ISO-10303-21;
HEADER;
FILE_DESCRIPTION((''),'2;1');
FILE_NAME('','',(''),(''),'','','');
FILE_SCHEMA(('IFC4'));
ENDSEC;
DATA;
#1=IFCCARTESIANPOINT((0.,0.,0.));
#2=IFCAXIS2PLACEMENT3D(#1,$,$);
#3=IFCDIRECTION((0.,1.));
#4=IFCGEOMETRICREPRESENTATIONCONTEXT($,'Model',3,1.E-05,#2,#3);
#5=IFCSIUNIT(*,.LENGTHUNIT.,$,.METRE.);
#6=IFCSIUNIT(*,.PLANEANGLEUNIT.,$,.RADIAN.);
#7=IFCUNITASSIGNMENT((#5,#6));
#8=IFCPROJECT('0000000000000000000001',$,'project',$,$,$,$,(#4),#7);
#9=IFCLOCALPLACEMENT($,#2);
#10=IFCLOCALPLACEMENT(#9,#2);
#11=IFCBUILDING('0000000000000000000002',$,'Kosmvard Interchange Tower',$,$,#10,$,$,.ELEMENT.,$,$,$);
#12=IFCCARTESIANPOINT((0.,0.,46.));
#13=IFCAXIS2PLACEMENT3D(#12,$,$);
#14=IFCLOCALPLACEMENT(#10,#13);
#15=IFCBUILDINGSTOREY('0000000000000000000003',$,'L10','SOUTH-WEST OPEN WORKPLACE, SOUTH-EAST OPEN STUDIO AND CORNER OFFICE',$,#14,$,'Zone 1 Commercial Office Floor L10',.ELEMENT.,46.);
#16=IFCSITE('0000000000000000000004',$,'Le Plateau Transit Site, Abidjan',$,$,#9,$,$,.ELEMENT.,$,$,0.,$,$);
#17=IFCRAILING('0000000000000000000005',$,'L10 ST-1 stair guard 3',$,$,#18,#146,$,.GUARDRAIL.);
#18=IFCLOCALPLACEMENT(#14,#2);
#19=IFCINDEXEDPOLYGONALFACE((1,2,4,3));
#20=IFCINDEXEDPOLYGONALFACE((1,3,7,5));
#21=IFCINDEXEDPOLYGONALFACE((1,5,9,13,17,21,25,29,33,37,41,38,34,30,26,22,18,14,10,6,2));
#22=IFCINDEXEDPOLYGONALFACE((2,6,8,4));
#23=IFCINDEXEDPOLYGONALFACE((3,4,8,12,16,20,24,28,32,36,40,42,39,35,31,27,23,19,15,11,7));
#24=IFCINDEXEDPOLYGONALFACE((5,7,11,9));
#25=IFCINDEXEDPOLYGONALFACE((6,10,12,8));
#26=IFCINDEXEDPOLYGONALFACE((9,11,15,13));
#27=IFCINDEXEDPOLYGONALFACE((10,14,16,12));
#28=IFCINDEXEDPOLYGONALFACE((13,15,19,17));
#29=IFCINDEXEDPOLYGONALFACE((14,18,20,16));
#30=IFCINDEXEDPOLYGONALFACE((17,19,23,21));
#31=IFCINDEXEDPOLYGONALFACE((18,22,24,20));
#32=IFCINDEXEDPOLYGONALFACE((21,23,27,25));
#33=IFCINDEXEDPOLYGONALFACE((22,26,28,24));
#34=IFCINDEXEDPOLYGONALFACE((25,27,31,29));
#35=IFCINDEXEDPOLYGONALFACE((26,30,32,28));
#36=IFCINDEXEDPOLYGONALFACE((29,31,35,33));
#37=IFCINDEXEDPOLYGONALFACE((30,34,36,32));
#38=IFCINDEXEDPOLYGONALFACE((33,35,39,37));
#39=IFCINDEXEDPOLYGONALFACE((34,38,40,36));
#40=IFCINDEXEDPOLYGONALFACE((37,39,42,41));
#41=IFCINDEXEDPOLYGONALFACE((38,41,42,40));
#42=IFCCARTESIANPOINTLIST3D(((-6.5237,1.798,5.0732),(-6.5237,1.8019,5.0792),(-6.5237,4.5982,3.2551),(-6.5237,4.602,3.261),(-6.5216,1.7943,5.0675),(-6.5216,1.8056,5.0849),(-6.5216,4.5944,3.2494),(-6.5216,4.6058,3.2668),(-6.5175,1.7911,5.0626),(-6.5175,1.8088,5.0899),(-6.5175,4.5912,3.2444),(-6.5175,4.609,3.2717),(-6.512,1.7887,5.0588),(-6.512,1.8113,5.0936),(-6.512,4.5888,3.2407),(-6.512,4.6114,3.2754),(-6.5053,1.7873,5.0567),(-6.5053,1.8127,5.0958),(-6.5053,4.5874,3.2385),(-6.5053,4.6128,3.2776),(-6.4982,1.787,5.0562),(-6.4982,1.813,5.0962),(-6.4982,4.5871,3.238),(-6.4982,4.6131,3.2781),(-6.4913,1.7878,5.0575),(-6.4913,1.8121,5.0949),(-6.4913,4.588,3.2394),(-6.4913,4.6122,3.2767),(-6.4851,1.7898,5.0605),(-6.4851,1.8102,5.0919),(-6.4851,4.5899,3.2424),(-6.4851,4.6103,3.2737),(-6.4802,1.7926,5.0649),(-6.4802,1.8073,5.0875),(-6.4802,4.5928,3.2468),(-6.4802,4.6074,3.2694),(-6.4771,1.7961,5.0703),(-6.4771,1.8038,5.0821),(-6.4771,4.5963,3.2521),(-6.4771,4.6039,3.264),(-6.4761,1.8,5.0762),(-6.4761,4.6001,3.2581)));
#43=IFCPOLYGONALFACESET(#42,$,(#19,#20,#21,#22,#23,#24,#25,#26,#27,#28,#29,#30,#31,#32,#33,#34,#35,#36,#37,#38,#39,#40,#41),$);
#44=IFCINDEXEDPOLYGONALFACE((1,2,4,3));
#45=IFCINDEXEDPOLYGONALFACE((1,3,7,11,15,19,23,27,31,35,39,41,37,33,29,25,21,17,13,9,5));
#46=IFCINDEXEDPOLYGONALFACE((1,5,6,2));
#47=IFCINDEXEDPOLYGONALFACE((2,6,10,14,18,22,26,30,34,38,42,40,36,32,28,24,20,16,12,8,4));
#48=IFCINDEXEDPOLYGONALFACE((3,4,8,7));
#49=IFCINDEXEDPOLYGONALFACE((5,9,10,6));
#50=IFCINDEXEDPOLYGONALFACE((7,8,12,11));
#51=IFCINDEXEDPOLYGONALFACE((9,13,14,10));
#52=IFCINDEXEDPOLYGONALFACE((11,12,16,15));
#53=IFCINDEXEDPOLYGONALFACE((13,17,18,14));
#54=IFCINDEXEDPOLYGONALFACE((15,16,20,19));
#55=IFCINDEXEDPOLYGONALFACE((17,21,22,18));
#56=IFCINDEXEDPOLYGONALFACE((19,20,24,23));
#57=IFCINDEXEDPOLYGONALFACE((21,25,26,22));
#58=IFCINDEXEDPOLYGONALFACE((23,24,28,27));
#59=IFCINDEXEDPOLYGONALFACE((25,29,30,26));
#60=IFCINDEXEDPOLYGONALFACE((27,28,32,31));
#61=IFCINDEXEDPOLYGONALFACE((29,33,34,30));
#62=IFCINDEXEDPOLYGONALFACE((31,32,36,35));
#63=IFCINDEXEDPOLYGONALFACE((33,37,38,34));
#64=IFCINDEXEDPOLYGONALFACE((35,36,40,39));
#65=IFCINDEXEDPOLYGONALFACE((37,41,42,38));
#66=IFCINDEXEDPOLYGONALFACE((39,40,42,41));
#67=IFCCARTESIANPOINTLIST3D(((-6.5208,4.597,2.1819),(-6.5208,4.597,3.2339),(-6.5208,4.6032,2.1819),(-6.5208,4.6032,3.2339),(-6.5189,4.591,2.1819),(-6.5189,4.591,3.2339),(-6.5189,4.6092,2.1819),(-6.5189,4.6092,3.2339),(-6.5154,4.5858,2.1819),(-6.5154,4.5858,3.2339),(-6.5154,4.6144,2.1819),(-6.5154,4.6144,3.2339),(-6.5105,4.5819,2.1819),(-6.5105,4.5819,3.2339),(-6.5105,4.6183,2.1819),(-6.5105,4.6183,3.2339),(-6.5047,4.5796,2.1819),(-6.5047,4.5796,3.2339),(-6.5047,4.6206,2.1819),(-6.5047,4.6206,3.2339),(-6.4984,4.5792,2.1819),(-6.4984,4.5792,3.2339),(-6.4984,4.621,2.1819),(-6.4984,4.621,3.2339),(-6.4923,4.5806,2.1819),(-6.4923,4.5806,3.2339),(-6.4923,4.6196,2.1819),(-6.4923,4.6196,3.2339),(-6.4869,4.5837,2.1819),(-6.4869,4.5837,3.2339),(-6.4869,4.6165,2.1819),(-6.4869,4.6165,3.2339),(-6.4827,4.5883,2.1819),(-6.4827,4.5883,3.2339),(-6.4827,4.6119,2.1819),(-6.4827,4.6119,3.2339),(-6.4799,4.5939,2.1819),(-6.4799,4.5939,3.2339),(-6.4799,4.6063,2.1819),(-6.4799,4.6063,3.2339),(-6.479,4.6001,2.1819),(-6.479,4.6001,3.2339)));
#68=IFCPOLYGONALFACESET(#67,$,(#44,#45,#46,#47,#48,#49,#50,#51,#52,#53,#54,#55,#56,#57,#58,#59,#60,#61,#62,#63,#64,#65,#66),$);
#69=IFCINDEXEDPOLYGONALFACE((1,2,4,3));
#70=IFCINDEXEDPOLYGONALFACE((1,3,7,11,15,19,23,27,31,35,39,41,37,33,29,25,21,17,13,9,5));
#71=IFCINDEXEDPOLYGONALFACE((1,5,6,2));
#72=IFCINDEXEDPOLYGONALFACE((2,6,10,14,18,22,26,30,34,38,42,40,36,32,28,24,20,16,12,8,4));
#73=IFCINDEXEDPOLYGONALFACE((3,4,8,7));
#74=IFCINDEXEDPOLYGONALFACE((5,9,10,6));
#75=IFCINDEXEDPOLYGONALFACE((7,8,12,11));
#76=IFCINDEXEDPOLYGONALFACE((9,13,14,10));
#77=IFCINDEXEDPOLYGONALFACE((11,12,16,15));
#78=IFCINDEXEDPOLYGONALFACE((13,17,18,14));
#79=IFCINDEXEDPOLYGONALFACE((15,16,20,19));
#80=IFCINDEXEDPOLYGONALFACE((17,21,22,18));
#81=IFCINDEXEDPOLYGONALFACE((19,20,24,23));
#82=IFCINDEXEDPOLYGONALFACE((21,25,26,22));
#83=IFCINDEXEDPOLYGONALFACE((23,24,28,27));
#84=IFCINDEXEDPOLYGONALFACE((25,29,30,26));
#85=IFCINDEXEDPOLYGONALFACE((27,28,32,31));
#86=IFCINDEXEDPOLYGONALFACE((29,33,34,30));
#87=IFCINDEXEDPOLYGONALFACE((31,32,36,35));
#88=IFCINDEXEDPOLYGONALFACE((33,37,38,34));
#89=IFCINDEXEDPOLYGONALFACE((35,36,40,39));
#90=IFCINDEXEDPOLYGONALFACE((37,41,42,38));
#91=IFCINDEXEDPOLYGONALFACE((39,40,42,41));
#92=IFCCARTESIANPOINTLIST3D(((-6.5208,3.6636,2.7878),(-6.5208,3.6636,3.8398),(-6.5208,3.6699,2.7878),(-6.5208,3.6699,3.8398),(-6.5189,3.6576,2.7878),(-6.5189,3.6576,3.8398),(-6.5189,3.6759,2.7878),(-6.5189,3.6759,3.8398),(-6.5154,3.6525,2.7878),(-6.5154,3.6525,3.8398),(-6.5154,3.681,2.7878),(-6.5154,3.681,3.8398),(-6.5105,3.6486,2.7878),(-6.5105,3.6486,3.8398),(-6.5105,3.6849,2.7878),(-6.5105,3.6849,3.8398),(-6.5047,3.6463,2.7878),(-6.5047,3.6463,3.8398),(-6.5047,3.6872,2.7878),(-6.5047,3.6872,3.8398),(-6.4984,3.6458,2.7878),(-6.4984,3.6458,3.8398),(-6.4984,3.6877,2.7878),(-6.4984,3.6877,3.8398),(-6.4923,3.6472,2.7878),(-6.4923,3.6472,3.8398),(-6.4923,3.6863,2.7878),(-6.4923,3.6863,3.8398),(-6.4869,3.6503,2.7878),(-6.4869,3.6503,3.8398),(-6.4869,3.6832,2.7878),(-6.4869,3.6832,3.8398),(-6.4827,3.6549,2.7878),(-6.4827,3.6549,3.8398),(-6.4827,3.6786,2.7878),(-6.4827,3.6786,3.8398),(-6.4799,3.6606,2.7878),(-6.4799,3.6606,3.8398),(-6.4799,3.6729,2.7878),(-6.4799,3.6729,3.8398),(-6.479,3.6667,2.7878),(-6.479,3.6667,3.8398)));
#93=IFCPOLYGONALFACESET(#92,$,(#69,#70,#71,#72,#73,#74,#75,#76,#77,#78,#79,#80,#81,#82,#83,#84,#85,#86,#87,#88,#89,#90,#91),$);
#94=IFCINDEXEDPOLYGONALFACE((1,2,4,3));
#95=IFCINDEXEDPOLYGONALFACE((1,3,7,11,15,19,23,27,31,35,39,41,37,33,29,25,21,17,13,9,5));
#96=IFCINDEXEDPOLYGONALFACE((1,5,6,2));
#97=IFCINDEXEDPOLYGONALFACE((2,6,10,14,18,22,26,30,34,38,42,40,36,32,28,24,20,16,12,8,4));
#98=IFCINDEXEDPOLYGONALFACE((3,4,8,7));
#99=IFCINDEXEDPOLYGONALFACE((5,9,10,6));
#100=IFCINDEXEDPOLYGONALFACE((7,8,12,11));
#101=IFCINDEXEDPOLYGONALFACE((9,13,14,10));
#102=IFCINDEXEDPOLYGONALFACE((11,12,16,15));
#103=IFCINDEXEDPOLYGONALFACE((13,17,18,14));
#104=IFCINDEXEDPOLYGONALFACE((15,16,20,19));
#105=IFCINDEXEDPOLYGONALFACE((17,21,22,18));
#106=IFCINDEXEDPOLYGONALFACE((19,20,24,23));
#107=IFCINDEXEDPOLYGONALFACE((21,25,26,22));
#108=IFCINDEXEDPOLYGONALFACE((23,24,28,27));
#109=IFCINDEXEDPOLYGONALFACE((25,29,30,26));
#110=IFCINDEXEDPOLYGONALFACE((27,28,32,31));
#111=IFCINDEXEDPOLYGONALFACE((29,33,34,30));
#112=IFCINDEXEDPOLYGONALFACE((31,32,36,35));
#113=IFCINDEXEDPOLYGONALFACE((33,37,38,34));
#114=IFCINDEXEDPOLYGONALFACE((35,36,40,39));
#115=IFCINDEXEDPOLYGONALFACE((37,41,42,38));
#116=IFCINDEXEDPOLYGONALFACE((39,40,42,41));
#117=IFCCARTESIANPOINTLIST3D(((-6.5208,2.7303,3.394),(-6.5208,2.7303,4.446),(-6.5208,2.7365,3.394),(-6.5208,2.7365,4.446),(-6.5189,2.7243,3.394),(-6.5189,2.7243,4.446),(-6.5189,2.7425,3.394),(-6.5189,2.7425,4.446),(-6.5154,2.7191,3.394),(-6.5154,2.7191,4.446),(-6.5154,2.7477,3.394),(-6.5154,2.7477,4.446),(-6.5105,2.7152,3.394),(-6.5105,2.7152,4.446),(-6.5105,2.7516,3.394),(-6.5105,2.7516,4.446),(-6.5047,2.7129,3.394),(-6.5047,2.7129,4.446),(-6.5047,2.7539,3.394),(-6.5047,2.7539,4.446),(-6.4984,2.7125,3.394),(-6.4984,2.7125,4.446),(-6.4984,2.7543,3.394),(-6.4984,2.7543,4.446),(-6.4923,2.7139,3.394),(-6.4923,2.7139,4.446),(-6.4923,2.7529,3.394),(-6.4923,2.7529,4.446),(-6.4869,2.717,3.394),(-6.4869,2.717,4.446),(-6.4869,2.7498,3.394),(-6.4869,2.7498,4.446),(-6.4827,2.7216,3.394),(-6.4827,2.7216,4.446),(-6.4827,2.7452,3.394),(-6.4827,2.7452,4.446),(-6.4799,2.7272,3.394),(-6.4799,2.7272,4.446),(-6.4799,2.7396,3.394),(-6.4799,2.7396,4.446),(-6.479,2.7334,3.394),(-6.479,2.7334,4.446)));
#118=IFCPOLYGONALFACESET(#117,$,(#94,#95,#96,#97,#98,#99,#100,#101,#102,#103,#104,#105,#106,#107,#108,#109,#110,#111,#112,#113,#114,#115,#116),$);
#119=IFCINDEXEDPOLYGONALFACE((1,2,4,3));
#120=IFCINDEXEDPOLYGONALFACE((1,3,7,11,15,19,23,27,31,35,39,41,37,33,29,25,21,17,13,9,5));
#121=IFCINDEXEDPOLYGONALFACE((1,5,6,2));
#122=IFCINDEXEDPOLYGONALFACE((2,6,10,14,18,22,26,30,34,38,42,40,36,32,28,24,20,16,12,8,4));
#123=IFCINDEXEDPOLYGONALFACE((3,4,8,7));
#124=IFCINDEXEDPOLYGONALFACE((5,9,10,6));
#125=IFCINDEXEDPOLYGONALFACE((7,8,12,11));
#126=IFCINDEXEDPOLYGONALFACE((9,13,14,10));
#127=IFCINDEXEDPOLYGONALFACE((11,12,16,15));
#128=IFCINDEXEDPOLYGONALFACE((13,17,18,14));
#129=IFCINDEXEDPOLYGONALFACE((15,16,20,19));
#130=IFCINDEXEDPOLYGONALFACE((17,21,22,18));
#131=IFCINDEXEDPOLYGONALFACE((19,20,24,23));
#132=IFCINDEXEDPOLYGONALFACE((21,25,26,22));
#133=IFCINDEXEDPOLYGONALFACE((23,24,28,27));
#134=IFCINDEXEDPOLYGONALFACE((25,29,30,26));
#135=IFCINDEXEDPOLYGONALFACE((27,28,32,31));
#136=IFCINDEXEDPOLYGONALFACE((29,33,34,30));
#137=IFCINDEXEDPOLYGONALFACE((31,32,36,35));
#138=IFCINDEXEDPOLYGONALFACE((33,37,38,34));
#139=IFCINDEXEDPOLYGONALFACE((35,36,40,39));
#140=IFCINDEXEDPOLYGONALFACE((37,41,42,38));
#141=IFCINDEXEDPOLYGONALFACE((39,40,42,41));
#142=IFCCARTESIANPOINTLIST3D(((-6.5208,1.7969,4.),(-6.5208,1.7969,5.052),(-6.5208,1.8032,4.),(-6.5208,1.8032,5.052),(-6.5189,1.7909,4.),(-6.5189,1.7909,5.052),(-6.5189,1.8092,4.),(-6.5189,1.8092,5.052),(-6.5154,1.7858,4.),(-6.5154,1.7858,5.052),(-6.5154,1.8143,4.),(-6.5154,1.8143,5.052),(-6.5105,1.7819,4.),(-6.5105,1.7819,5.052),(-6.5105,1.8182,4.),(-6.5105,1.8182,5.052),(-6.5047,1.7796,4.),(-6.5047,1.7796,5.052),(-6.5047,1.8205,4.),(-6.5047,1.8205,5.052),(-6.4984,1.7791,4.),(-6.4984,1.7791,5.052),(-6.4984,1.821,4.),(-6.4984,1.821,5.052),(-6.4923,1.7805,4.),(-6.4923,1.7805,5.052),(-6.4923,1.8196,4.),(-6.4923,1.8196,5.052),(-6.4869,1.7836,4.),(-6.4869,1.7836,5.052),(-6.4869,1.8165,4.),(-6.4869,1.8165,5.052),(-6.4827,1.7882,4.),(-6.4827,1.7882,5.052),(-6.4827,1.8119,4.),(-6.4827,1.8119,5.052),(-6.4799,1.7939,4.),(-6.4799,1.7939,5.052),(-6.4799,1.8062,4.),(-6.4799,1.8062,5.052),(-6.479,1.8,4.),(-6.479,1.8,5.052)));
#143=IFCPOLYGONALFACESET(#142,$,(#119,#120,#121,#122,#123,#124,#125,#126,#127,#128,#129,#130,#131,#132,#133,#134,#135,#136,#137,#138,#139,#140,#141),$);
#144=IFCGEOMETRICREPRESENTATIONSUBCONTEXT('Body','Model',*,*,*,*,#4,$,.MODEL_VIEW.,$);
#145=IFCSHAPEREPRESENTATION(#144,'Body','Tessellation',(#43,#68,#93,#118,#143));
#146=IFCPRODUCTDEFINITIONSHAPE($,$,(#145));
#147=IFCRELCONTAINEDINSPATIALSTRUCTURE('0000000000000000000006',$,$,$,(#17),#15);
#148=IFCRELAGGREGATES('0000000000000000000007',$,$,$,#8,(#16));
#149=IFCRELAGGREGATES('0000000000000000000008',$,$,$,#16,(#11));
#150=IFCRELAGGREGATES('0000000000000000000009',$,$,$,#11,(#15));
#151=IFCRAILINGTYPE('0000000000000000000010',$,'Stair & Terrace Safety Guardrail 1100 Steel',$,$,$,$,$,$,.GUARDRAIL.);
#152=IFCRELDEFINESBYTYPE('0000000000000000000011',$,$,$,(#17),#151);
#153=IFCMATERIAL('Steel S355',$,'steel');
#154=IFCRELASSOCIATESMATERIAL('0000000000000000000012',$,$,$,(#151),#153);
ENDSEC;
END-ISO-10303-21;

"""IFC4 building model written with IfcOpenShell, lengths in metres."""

from ifc_helpers import new_model, si_unit, direction, frame, origin, origin_2d, place, context, subcontext, project, spatial, circle, extrude, source, transform, mapped, material, type_object, element, save


model = new_model("IFC4")

# Units and contexts
model_context = context("Model", 3, precision=1e-05, world=origin(), true_north=direction((0.0, 1.0)))
body_context = subcontext(model_context, "Body", "Model", "MODEL_VIEW")
ifc_project = project(units=[si_unit("LENGTHUNIT", "METRE"), si_unit("PLANEANGLEUNIT", "RADIAN")], contexts=[model_context])

# Site, building, storey
site_placement = place(None, origin())
site = spatial("IfcSite", under=ifc_project, at=site_placement, Name="Le Plateau Transit Site, Abidjan", CompositionType="ELEMENT", RefElevation=0.0)
building_placement = place(site_placement, origin())
building = spatial("IfcBuilding", under=site, at=building_placement, Name="Kosmvard Interchange Tower", CompositionType="ELEMENT")
storey_placement = place(building_placement, frame((0.0, 0.0, 46.0)))
storey = spatial("IfcBuildingStorey", under=building, at=storey_placement, Name="L10", Description="SOUTH-WEST OPEN WORKPLACE, SOUTH-EAST OPEN STUDIO AND CORNER OFFICE", LongName="Zone 1 Commercial Office Floor L10", CompositionType="ELEMENT", Elevation=46.0)

# Shared definitions
ifc_material_1 = material(Name="Steel S355", Category="steel")

# Railing
railing_type_1 = type_object("IfcRailingType", Name="Stair & Terrace Safety Guardrail 1100 Steel", PredefinedType="GUARDRAIL", material=ifc_material_1)
shared_shape_1 = source(origin(), body_context, "Body", "SweptSolid", [
    extrude(circle(Radius=0.0239, at=origin_2d()), frame((0.0, 0.0, 1.0762), z_axis=(0.0, -0.838706, 0.544585), x_axis=(1.0, 0.0, 0.0)), (0.0, 0.0, 1.0), 3.3386),
    extrude(circle(Radius=0.021, at=origin_2d()), origin(), (0.0, 0.0, 1.0), 1.052),
    extrude(circle(Radius=0.021, at=origin_2d()), frame((0.0, -0.9333, 0.606)), (0.0, 0.0, 1.0), 1.052),
    extrude(circle(Radius=0.021, at=origin_2d()), frame((0.0, -1.8667, 1.2122)), (0.0, 0.0, 1.0), 1.052),
    extrude(circle(Radius=0.021, at=origin_2d()), frame((0.0, -2.8, 1.8181)), (0.0, 0.0, 1.0), 1.052),
])
railing_1_placement = place(storey_placement, frame((-6.5, 4.6001, 2.1819)))
element("IfcRailing", 1, at=railing_1_placement, inside=storey, type_object=railing_type_1, Name="L10 ST-1 stair guard 3", PredefinedType="GUARDRAIL", context=body_context, shape_type="MappedRepresentation", body=[
    mapped(shared_shape_1, transform((0.0, 0.0, 0.0), scale=1.0)),
])

save(model, "model.ifc")
